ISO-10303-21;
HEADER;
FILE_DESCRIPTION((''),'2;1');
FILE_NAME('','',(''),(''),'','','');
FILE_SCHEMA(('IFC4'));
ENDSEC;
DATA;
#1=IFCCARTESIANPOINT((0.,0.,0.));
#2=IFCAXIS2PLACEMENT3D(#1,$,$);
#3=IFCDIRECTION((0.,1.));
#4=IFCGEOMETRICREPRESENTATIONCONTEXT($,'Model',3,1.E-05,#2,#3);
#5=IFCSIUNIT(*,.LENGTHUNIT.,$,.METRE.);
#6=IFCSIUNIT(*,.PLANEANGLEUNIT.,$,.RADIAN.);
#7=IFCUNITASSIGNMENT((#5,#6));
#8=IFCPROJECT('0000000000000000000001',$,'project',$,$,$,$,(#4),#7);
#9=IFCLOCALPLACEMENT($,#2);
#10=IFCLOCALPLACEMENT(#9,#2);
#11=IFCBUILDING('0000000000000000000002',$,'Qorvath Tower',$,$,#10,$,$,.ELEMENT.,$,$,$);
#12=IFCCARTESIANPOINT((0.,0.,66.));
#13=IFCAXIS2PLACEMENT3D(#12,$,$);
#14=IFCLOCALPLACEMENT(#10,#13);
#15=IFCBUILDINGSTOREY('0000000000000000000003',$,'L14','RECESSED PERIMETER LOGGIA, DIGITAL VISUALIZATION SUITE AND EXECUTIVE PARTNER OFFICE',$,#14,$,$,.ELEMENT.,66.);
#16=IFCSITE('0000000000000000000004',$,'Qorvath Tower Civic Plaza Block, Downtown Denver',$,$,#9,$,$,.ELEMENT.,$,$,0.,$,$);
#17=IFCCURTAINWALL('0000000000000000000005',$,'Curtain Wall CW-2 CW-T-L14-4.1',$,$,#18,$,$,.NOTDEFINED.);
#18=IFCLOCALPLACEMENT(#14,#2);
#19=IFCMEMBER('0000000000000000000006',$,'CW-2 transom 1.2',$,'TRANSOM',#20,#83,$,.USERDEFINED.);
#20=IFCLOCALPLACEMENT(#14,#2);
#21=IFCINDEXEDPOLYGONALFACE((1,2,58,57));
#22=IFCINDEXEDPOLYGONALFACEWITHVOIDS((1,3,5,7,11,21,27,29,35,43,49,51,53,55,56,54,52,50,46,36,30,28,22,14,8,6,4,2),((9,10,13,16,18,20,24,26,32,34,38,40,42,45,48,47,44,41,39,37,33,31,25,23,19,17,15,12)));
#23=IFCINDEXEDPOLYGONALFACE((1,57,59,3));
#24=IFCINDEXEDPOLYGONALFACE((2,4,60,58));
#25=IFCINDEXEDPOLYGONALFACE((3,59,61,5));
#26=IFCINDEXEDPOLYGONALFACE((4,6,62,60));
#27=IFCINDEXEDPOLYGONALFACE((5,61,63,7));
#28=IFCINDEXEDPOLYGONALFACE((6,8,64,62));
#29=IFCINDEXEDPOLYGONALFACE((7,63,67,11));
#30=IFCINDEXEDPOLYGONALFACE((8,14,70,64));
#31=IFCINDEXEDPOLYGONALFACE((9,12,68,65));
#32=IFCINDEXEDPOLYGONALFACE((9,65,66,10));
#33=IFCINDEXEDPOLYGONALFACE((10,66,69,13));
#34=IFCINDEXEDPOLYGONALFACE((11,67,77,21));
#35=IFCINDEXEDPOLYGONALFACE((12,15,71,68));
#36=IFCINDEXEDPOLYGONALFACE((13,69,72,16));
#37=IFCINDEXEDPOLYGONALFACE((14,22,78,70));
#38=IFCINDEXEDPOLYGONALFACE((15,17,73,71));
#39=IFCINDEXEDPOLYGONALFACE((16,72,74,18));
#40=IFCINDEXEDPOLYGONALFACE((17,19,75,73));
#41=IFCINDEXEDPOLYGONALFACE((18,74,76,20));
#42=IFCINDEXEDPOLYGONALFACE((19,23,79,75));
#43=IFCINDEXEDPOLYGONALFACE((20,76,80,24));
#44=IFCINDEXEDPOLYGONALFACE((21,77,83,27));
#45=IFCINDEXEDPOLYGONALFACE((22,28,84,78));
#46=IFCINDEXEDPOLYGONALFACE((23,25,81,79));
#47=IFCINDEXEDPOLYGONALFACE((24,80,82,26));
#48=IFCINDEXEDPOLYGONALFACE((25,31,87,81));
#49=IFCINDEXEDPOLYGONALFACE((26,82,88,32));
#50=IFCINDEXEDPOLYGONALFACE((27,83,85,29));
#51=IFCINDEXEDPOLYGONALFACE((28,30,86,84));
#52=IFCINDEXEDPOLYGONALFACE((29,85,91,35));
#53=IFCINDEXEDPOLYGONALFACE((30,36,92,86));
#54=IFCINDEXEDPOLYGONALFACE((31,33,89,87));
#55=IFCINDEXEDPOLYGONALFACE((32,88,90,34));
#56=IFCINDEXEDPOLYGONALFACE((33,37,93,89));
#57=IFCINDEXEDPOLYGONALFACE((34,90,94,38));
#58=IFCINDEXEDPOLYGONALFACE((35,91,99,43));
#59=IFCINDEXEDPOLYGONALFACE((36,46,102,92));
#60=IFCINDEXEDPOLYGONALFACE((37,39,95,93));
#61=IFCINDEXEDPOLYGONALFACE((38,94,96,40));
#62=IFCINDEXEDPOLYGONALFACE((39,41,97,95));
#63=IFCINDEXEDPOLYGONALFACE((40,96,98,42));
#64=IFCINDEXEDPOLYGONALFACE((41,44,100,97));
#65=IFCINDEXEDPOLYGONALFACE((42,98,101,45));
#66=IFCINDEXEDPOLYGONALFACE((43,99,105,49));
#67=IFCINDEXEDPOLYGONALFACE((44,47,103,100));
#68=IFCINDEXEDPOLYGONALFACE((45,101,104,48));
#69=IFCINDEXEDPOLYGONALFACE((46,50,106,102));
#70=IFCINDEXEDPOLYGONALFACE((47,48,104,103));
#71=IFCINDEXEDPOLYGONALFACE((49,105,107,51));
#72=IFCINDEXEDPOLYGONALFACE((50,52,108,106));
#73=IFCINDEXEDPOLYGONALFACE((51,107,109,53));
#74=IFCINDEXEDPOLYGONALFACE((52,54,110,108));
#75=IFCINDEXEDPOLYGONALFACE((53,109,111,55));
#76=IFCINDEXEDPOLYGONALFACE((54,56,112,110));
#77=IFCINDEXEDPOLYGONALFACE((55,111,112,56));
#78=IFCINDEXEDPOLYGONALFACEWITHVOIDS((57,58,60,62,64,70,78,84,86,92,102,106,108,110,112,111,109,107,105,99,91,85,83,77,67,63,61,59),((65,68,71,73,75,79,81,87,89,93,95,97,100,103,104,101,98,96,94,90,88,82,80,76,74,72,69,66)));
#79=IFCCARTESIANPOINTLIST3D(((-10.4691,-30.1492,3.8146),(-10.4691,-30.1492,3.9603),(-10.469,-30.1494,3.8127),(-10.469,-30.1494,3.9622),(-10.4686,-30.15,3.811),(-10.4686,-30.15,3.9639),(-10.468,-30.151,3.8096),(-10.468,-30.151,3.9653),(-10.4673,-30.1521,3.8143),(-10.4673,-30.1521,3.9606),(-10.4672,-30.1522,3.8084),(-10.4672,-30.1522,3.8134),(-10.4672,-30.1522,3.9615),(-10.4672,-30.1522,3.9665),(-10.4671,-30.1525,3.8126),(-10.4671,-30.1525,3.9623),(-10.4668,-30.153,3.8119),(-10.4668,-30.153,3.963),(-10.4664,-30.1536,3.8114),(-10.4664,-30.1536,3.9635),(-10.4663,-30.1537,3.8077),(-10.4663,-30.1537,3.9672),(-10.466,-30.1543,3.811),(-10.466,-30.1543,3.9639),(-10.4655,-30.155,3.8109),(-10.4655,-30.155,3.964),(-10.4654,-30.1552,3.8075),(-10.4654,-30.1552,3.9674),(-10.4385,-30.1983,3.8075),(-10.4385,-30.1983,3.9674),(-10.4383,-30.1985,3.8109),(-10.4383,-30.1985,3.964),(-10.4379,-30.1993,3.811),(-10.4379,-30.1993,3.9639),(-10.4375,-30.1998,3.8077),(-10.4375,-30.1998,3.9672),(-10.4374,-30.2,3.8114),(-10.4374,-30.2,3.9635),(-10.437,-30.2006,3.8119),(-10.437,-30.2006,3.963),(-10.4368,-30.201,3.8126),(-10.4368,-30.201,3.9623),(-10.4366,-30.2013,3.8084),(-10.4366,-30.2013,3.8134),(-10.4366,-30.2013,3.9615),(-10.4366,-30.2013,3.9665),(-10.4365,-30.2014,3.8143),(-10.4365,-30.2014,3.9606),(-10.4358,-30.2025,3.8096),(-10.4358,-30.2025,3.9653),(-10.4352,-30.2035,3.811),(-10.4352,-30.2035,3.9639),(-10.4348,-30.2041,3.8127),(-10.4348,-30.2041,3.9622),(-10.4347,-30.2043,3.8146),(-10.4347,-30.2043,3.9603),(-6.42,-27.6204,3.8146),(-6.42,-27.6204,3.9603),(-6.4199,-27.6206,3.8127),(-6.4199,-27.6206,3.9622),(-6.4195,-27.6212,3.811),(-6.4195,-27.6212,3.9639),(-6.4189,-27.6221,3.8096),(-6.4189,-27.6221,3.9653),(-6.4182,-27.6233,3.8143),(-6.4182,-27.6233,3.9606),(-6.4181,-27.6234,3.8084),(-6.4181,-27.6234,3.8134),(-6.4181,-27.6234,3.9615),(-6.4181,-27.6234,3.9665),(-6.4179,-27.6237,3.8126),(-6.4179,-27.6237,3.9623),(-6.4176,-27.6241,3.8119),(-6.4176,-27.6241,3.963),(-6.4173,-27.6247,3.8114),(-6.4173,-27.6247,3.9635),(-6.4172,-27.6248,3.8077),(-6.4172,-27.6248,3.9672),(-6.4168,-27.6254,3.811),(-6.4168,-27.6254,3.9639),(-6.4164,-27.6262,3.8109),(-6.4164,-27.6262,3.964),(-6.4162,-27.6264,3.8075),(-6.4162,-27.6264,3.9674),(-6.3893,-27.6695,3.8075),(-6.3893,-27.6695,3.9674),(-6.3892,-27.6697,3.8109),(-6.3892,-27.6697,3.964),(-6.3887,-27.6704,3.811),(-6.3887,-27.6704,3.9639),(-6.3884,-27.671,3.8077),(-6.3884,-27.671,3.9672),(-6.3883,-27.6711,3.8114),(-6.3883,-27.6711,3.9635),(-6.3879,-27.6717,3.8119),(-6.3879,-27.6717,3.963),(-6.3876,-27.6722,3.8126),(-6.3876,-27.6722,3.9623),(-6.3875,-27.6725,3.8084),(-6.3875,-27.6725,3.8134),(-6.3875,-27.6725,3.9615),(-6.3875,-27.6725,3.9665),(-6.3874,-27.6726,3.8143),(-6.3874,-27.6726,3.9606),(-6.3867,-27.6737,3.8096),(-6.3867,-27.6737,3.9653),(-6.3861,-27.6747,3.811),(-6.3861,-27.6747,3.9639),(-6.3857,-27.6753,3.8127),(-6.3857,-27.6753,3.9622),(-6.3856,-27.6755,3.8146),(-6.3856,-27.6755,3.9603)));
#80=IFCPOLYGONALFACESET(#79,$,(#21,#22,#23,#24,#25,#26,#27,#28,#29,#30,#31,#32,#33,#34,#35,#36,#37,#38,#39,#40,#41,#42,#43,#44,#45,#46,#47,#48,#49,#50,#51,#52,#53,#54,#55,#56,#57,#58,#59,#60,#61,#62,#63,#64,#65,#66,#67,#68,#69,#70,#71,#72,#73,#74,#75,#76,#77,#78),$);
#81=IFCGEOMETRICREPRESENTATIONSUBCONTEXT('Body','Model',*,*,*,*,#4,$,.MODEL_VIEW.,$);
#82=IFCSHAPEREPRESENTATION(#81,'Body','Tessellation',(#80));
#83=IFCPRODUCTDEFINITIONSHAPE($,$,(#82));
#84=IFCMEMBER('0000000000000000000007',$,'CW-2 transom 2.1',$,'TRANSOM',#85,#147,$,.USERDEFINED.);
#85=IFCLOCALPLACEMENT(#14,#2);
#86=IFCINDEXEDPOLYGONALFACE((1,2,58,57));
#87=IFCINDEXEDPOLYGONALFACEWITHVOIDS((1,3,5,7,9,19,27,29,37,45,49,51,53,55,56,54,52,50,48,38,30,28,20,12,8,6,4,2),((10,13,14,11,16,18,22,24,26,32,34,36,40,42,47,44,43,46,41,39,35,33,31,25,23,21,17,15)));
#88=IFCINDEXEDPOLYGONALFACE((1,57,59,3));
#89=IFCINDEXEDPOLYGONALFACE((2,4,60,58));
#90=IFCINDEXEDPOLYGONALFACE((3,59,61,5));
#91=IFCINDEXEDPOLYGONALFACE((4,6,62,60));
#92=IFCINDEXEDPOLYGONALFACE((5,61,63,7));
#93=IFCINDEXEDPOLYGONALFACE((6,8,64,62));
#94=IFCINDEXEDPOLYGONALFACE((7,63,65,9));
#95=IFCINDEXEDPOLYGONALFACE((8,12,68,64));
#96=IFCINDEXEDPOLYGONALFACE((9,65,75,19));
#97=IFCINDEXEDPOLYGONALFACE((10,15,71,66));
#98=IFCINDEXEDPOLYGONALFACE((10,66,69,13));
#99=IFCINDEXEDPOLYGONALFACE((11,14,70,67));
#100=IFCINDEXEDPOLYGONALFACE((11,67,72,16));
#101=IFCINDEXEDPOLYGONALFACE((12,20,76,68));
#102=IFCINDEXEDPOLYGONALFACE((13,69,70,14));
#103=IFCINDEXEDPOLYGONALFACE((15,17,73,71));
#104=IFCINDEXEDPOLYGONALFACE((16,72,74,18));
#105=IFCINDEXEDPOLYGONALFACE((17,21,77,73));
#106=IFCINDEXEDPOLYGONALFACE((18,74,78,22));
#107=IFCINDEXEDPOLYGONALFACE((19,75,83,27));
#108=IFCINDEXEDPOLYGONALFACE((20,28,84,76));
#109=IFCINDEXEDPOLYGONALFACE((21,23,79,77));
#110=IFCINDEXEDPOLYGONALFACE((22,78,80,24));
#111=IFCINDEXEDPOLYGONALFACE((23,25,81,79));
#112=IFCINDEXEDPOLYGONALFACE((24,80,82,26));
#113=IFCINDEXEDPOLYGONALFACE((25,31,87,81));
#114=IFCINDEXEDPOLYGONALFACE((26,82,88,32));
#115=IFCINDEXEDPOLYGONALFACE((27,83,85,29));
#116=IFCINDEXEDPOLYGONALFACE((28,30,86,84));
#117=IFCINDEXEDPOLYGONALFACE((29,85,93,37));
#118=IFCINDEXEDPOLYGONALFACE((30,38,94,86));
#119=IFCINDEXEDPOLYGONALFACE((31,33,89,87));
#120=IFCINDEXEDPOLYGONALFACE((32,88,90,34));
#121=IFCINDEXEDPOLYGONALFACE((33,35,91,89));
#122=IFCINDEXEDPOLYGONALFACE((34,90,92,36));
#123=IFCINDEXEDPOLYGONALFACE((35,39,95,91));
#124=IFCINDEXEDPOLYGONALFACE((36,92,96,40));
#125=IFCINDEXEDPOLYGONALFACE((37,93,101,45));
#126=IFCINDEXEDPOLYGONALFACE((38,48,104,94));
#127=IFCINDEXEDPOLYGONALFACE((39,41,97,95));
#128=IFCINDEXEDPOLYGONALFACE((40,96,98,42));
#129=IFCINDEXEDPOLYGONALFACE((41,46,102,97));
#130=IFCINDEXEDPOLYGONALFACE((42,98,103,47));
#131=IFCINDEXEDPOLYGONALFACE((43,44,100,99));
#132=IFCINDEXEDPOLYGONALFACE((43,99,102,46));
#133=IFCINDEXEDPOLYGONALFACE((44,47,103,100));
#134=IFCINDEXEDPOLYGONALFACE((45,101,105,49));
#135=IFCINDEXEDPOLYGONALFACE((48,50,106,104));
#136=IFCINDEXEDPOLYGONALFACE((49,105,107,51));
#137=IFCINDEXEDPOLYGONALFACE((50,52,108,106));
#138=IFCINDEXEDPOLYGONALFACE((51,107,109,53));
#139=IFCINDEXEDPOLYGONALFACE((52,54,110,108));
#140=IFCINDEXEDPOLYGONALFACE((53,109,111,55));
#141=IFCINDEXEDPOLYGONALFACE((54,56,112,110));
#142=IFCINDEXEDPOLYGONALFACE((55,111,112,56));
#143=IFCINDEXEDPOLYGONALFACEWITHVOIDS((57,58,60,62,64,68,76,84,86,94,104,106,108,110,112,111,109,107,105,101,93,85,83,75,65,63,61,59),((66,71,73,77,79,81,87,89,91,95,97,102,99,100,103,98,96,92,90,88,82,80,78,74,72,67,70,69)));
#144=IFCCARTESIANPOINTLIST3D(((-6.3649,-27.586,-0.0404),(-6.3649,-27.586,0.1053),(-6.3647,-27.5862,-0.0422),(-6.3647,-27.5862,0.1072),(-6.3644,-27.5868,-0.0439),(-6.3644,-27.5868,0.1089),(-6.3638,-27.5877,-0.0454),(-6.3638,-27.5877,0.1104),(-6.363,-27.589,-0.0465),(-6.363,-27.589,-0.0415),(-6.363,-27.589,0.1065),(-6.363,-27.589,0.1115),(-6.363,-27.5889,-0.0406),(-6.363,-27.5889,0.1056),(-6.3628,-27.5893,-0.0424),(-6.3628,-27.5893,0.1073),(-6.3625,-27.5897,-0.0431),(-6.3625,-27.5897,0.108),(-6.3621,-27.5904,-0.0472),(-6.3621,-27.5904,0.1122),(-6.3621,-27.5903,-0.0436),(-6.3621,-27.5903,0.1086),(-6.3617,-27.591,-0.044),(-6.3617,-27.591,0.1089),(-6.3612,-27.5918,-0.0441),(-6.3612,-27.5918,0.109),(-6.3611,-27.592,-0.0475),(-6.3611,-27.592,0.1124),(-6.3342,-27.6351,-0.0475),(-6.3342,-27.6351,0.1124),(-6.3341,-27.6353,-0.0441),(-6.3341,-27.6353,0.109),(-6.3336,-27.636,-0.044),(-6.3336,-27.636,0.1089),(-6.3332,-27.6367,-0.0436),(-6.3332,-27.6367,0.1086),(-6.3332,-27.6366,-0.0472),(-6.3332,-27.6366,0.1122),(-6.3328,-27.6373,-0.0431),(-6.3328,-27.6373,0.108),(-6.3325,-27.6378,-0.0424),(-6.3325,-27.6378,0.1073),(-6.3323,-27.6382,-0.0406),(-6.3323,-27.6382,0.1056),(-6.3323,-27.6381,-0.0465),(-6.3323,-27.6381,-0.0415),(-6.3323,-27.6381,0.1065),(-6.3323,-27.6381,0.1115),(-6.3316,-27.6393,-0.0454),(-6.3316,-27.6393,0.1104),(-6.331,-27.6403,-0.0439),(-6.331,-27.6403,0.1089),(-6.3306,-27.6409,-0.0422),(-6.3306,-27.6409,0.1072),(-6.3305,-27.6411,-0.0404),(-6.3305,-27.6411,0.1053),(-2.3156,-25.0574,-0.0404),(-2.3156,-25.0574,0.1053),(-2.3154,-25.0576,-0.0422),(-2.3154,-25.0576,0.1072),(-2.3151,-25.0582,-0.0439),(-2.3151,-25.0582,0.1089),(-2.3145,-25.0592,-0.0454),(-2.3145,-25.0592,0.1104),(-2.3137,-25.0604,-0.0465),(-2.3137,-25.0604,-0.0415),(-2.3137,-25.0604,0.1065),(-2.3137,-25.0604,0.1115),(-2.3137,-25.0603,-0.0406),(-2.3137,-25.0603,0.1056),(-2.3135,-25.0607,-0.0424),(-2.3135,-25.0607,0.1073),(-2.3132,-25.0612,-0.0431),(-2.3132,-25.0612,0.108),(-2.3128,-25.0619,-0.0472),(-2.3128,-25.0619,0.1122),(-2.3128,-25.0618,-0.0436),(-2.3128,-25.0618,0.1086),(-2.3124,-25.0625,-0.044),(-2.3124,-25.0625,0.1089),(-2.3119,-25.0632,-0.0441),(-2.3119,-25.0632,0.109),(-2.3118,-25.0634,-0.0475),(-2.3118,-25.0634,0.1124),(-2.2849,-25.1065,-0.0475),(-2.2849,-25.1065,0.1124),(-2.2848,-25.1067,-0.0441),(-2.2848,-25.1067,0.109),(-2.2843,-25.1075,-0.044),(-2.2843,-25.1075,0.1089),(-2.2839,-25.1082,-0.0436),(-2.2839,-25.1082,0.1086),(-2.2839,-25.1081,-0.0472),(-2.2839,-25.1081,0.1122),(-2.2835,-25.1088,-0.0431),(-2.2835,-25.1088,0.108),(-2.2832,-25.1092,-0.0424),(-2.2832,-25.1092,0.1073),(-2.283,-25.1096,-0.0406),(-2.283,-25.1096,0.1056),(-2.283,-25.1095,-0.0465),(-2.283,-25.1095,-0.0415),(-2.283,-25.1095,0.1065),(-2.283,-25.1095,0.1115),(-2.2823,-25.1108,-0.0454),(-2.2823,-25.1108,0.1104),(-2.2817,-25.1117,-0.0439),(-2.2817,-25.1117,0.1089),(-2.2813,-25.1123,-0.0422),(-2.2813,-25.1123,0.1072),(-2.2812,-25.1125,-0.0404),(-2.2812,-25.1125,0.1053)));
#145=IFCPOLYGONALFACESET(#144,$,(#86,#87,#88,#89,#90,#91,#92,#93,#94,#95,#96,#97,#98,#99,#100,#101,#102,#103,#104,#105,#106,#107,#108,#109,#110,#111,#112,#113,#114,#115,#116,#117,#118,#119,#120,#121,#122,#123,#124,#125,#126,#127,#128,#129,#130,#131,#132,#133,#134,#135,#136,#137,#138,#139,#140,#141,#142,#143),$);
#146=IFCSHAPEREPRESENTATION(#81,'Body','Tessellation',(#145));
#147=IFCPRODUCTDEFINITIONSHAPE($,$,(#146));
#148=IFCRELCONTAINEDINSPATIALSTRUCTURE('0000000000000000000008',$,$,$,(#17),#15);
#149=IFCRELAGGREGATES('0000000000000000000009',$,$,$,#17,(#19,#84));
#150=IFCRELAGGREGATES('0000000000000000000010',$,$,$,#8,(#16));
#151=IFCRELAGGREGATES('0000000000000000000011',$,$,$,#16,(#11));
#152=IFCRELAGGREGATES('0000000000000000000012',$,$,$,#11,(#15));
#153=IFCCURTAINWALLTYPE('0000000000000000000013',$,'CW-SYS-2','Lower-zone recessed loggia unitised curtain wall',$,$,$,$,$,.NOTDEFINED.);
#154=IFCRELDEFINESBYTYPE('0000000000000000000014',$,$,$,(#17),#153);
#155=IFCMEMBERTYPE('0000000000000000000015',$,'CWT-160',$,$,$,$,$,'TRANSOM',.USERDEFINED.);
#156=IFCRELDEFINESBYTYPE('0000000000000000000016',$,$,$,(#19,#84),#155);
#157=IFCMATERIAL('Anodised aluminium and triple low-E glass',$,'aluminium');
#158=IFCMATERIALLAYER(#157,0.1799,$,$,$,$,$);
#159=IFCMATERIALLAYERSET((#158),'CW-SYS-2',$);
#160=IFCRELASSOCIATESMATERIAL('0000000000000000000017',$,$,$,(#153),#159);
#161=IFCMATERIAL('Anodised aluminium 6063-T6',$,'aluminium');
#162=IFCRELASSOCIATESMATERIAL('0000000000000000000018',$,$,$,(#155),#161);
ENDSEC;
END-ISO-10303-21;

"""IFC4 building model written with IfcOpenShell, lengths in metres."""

from ifc_helpers import new_model, si_unit, direction, frame, origin, origin_2d, place, context, subcontext, project, spatial, hollow_rectangle, extrude, material, layer, layer_set, material_profile, profile_set, type_object, element, aggregate, save


model = new_model("IFC4")

# Units and contexts
model_context = context("Model", 3, precision=1e-05, world=origin(), true_north=direction((0.0, 1.0)))
body_context = subcontext(model_context, "Body", "Model", "MODEL_VIEW")
ifc_project = project(units=[si_unit("LENGTHUNIT", "METRE"), si_unit("PLANEANGLEUNIT", "RADIAN")], contexts=[model_context])

# Site, building, storey
site_placement = place(None, origin())
site = spatial("IfcSite", under=ifc_project, at=site_placement, Name="Qorvath Tower Civic Plaza Block, Downtown Denver", CompositionType="ELEMENT", RefElevation=0.0)
building_placement = place(site_placement, origin())
building = spatial("IfcBuilding", under=site, at=building_placement, Name="Qorvath Tower", CompositionType="ELEMENT")
storey_placement = place(building_placement, frame((0.0, 0.0, 66.0)))
storey = spatial("IfcBuildingStorey", under=building, at=storey_placement, Name="L14", Description="RECESSED PERIMETER LOGGIA, DIGITAL VISUALIZATION SUITE AND EXECUTIVE PARTNER OFFICE", CompositionType="ELEMENT", Elevation=66.0)

# Shared definitions
ifc_material_1 = material(Name="Anodised aluminium and triple low-E glass", Category="aluminium")
ifc_layer_1 = layer(ifc_material_1, 0.1799)
ifc_layer_set_1 = layer_set([ifc_layer_1], Name="CW-SYS-2")
curtain_wall_type = type_object("IfcCurtainWallType", Name="CW-SYS-2", Description="Lower-zone recessed loggia unitised curtain wall", PredefinedType="NOTDEFINED", material=ifc_layer_set_1)

# Curtain wall
curtain_wall_1_placement = place(storey_placement, origin())
curtain_wall_1 = element("IfcCurtainWall", 1, at=curtain_wall_1_placement, inside=storey, type_object=curtain_wall_type, Name="Curtain Wall CW-2 CW-T-L14-4.1", PredefinedType="NOTDEFINED")

# Members
ifc_material_2 = material(Name="Anodised aluminium 6063-T6", Category="aluminium")
ifc_material_profile_1 = material_profile(ifc_material_2, hollow_rectangle(XDim=0.0649, YDim=0.1599, WallThickness=0.0034, InnerFilletRadius=0.0034, OuterFilletRadius=0.0071, at=origin_2d()), Name="CWT 160x65")
ifc_profile_set_1 = profile_set([ifc_material_profile_1], Name="Anodised aluminium 6063-T6")
member_type_1 = type_object("IfcMemberType", Name="CWT-160", ElementType="TRANSOM", PredefinedType="USERDEFINED", material=ifc_profile_set_1)
member_1_placement = place(storey_placement, frame((-10.4519, -30.1768, 3.8875), z_axis=(0.848174, 0.529718, 0.0), x_axis=(-0.529718, 0.848174, 0.0)))
member_1 = element("IfcMember", 2, at=member_1_placement, type_object=member_type_1, Name="CW-2 transom 1.2", ObjectType="TRANSOM", PredefinedType="USERDEFINED", context=body_context, shape_type="SweptSolid", body=[
    extrude(hollow_rectangle(XDim=0.0649, YDim=0.1599, WallThickness=0.0034, InnerFilletRadius=0.0034, OuterFilletRadius=0.0071, at=origin_2d()), origin(), (0.0, 0.0, 1.0), 4.7739),
])
member_2_placement = place(storey_placement, frame((-6.3477, -27.6135, 0.0325), z_axis=(0.848211, 0.529659, 0.0), x_axis=(-0.529659, 0.848211, 0.0)))
member_2 = element("IfcMember", 3, at=member_2_placement, type_object=member_type_1, Name="CW-2 transom 2.1", ObjectType="TRANSOM", PredefinedType="USERDEFINED", context=body_context, shape_type="SweptSolid", body=[
    extrude(hollow_rectangle(XDim=0.0649, YDim=0.1599, WallThickness=0.0034, InnerFilletRadius=0.0034, OuterFilletRadius=0.0071, at=origin_2d()), origin(), (0.0, 0.0, 1.0), 4.7739),
])

aggregate(curtain_wall_1, [member_1, member_2])

save(model, "model.ifc")
